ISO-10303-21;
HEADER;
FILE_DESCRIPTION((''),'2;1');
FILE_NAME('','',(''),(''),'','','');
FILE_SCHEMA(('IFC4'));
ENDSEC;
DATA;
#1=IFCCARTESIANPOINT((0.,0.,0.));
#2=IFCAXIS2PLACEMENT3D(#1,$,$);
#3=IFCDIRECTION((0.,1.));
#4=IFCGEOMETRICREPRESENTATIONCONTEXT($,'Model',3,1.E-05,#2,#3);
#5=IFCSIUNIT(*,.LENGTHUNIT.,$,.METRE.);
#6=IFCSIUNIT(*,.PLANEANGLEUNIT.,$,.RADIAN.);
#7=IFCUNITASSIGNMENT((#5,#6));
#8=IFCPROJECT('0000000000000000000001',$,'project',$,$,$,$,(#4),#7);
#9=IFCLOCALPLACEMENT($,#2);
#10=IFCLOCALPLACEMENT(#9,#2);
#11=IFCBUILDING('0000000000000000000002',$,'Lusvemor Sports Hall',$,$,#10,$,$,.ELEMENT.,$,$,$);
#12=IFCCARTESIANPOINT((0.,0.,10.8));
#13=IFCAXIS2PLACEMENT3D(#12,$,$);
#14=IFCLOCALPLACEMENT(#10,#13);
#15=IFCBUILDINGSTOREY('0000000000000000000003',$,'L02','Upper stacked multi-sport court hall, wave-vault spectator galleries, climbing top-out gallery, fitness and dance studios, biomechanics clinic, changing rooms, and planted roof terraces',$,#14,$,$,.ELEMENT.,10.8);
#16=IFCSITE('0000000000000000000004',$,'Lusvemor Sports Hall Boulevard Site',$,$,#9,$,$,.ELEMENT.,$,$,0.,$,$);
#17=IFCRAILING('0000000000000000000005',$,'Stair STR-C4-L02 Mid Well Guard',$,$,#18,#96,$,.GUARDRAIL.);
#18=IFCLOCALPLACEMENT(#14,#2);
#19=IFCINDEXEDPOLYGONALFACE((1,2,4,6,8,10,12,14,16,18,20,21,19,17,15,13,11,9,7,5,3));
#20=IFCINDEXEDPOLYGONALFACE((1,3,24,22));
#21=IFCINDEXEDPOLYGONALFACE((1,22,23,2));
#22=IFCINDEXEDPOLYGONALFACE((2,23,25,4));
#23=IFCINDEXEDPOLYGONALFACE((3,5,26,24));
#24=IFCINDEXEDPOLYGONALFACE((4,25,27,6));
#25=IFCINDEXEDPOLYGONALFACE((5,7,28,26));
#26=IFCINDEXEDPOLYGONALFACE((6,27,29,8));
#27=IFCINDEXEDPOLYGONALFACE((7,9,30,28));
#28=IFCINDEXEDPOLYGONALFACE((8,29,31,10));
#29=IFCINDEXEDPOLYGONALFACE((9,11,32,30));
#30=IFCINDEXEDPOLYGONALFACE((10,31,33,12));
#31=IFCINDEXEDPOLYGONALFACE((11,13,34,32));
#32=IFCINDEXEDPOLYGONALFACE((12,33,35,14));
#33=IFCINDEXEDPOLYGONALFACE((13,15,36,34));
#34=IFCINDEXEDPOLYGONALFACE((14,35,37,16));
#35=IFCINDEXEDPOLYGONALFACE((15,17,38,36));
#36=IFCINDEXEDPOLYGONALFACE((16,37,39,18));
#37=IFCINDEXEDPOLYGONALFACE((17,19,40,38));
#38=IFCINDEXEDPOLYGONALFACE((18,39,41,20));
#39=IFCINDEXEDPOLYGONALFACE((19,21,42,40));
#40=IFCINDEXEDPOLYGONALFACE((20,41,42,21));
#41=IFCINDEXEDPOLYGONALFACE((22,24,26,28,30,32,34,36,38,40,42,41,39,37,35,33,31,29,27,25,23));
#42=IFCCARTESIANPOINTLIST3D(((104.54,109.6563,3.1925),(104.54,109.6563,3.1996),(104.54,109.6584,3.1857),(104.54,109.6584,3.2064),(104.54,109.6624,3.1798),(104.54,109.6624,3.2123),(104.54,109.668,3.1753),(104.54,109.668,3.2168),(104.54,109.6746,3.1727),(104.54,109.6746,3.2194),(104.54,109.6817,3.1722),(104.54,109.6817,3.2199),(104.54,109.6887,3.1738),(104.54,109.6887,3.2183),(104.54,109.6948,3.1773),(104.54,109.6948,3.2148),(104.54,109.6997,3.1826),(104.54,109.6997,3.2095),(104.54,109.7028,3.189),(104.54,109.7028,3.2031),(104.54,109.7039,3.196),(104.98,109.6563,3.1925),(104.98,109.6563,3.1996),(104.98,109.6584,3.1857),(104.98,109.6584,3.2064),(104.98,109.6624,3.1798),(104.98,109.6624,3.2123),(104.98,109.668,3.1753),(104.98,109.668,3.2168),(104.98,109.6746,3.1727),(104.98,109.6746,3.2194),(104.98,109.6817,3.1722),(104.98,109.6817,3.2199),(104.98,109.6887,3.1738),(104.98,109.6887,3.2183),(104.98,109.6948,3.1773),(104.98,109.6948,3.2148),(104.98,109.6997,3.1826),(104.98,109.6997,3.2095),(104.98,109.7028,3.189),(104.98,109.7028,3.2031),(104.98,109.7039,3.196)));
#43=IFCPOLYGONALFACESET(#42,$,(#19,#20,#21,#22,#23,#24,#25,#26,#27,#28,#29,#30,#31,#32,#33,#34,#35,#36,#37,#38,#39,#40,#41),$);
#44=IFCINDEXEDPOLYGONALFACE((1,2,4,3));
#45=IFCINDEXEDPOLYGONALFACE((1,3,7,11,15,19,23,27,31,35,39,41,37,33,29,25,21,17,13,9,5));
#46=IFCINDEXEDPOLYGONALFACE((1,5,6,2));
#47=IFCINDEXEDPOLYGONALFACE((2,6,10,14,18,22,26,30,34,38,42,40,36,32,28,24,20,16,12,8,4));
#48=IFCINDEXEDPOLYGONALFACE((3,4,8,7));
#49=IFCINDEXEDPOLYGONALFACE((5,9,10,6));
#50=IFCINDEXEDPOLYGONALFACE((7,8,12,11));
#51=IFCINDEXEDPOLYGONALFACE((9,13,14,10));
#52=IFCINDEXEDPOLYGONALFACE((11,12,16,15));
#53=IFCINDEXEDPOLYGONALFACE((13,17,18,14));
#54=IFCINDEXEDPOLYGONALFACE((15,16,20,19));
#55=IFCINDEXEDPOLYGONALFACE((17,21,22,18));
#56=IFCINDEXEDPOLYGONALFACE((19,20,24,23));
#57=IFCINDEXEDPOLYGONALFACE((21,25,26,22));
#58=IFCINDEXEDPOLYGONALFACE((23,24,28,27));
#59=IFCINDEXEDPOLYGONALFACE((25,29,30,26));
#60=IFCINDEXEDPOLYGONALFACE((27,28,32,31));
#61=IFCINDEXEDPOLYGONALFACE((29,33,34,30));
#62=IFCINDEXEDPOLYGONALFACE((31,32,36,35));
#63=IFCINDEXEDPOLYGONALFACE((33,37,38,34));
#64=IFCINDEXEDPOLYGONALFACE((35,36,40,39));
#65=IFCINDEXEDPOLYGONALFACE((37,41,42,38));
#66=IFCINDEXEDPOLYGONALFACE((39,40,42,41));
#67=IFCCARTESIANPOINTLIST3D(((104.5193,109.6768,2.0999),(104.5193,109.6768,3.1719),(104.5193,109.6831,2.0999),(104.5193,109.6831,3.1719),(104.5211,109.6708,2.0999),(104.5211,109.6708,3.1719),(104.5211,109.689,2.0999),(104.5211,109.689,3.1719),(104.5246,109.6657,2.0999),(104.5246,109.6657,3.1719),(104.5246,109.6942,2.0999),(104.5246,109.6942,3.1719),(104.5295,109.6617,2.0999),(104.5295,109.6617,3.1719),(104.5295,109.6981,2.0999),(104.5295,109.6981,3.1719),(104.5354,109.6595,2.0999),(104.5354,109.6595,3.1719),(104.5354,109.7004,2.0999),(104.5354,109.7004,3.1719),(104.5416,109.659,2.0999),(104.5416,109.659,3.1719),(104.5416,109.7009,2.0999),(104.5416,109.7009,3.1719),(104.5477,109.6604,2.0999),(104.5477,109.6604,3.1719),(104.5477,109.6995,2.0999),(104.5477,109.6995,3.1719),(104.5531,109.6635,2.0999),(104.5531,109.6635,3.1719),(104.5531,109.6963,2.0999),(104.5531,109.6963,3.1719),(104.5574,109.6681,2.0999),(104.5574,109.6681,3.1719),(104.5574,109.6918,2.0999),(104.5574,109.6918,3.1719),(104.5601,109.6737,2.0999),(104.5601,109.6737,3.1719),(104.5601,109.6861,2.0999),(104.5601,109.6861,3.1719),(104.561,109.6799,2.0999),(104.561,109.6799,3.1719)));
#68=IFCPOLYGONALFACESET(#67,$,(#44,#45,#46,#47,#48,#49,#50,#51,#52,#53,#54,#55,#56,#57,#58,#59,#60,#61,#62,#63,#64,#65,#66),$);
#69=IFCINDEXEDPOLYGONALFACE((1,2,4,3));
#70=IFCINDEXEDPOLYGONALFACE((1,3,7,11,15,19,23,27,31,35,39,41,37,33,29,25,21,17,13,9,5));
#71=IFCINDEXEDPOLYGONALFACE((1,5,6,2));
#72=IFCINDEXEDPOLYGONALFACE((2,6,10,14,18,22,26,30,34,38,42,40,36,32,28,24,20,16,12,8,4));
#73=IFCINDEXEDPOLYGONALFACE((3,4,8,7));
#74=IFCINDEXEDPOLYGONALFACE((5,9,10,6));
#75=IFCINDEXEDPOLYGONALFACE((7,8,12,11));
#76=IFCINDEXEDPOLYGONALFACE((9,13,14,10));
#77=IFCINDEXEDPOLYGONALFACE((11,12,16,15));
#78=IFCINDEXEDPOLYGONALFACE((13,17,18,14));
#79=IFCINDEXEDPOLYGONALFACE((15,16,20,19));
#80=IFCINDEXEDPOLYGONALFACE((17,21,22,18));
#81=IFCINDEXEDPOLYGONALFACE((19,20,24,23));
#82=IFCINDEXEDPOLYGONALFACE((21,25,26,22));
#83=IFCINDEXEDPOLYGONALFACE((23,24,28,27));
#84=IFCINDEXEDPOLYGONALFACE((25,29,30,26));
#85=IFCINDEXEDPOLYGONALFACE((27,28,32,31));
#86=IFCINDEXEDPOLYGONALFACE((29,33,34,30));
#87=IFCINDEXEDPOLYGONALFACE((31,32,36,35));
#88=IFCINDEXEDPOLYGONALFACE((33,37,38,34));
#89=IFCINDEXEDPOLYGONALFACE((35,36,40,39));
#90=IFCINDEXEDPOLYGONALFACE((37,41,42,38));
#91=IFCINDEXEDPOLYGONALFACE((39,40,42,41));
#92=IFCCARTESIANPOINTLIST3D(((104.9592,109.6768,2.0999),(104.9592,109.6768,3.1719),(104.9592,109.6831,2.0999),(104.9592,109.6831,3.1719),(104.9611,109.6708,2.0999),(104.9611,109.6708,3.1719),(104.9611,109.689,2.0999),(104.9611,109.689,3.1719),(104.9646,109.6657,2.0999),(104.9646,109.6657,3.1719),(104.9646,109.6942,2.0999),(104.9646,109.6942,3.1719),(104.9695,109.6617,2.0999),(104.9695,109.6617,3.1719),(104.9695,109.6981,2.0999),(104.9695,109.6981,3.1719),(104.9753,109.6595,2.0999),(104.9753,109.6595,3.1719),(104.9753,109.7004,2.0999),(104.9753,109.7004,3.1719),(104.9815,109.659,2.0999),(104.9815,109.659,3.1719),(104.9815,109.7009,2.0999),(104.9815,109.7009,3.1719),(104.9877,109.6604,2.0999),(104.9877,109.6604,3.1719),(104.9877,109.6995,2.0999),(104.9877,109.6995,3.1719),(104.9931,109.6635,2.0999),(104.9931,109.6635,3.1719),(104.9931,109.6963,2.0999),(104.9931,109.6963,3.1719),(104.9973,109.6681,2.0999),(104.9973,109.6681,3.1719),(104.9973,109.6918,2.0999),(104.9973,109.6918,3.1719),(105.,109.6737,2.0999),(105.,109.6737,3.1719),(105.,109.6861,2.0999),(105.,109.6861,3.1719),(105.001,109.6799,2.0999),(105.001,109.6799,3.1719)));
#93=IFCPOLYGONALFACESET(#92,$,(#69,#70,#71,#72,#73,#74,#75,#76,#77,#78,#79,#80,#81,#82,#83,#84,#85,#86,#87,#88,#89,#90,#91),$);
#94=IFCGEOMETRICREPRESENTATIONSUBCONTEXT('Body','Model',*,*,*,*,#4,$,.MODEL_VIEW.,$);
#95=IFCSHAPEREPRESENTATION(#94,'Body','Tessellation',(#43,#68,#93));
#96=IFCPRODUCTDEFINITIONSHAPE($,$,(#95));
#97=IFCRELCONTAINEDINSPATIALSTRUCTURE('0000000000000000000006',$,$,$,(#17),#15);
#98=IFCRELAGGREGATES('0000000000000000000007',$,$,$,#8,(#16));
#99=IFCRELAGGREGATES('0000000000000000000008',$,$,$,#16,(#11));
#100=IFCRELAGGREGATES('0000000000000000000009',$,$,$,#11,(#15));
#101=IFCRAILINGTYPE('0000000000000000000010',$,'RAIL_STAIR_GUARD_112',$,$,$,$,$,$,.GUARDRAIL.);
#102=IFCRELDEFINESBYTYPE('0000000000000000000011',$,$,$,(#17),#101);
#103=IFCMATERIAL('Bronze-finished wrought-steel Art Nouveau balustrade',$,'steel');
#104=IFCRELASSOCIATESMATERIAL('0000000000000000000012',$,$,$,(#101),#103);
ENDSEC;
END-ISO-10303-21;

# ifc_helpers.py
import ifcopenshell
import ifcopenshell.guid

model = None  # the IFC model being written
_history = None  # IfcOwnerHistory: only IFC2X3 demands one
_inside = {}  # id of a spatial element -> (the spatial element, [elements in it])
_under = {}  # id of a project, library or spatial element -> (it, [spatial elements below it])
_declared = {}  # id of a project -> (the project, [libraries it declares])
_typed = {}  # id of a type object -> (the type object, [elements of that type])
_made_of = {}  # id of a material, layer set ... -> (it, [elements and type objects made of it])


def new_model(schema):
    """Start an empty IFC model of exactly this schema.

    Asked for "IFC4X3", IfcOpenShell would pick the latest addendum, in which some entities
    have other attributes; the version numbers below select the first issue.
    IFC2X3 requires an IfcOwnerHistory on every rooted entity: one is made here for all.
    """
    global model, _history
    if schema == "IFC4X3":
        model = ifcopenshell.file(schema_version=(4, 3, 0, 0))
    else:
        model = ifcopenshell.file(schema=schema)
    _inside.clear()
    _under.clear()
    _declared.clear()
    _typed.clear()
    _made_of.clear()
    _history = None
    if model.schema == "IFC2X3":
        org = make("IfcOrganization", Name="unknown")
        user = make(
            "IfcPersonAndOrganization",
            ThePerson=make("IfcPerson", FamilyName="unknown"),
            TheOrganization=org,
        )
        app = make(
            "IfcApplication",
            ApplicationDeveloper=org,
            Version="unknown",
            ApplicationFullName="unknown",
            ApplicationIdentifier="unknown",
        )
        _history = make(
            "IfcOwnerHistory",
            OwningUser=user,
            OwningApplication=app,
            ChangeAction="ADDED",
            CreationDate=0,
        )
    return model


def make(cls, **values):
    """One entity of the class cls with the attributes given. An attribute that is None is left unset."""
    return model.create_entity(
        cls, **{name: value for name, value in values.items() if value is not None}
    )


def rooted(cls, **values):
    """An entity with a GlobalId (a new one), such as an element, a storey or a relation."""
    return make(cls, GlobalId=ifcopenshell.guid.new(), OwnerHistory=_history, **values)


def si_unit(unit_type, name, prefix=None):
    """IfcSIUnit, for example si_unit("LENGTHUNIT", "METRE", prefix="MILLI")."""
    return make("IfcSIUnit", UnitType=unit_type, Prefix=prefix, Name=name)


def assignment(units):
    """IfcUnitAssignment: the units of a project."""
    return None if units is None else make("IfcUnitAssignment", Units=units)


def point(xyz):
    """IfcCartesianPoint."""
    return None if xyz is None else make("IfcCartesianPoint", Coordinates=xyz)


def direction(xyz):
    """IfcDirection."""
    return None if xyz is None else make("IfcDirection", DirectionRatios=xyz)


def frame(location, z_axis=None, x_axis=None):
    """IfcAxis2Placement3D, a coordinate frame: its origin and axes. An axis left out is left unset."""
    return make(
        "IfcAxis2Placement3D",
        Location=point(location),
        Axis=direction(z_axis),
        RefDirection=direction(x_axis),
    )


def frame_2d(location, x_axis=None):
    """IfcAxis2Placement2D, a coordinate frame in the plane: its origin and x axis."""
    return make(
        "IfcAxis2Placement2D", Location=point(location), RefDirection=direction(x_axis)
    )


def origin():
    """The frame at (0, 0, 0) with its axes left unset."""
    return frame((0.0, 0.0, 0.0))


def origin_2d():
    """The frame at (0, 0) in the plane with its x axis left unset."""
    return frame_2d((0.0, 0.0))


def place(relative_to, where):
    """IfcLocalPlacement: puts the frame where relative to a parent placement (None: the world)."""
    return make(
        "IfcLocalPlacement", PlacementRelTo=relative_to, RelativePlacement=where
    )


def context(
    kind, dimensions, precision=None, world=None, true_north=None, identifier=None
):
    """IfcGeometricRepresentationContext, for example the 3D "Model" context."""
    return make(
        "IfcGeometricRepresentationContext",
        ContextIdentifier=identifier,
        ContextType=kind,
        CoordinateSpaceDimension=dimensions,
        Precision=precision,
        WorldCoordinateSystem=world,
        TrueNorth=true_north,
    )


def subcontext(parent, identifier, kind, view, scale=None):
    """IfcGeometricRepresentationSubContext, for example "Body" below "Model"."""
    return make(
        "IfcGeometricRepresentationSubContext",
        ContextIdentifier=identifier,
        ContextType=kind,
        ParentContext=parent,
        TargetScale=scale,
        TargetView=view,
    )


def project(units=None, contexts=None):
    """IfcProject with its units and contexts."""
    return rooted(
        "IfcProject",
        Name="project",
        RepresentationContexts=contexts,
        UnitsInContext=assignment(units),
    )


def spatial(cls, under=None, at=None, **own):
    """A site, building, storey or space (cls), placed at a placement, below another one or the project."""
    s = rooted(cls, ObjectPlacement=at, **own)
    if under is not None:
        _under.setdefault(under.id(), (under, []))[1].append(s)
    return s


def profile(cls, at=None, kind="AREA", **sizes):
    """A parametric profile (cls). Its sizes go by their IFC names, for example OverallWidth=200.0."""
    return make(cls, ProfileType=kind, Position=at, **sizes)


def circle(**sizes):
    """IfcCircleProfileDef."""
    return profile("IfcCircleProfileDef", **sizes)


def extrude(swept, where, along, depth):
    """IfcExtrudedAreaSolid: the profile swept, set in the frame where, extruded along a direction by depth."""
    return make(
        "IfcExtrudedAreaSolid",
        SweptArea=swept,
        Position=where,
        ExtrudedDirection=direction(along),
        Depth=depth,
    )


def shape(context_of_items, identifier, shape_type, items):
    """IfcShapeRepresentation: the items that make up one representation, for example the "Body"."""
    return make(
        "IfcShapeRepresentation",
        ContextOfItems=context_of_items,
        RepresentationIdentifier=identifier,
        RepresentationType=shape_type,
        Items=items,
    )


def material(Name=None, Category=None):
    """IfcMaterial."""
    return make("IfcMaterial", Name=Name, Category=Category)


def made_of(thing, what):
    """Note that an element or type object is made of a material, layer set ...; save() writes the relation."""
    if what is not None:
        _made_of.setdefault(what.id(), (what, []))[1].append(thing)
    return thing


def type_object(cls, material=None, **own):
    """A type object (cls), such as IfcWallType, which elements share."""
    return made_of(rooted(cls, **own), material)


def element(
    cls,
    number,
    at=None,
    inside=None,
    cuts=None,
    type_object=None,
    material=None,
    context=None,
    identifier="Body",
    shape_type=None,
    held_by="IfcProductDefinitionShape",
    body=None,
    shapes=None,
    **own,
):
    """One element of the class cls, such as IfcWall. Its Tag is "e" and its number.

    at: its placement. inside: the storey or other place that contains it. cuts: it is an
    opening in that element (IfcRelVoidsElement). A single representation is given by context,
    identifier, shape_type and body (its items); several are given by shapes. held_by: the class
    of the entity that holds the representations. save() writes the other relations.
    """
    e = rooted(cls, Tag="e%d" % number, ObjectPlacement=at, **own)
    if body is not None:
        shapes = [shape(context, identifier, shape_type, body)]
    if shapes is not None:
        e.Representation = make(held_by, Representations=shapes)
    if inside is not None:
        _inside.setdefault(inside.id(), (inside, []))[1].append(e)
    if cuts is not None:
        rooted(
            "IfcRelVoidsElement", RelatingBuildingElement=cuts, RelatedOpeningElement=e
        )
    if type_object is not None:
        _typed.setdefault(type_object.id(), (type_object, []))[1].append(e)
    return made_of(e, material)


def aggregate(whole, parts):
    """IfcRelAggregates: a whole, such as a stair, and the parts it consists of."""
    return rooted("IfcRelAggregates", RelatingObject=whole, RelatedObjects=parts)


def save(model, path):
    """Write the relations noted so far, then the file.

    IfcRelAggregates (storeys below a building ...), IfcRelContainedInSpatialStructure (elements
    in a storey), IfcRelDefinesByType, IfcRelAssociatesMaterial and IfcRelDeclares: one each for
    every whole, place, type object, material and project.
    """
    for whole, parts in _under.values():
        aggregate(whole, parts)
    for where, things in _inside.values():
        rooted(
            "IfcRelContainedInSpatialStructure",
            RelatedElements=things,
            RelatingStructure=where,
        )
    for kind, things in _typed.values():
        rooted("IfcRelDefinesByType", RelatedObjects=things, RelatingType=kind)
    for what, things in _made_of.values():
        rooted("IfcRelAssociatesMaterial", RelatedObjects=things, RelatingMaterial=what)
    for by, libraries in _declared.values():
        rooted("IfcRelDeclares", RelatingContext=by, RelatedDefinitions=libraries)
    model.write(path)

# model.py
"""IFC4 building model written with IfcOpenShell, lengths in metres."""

from ifc_helpers import new_model, si_unit, direction, frame, origin, origin_2d, place, context, subcontext, project, spatial, circle, extrude, material, type_object, element, save


model = new_model("IFC4")

# Units and contexts
model_context = context("Model", 3, precision=1e-05, world=origin(), true_north=direction((0.0, 1.0)))
body_context = subcontext(model_context, "Body", "Model", "MODEL_VIEW")
ifc_project = project(units=[si_unit("LENGTHUNIT", "METRE"), si_unit("PLANEANGLEUNIT", "RADIAN")], contexts=[model_context])

# Site, building, storey
site_placement = place(None, origin())
site = spatial("IfcSite", under=ifc_project, at=site_placement, Name="Lusvemor Sports Hall Boulevard Site", CompositionType="ELEMENT", RefElevation=0.0)
building_placement = place(site_placement, origin())
building = spatial("IfcBuilding", under=site, at=building_placement, Name="Lusvemor Sports Hall", CompositionType="ELEMENT")
storey_placement = place(building_placement, frame((0.0, 0.0, 10.8)))
storey = spatial("IfcBuildingStorey", under=building, at=storey_placement, Name="L02", Description="Upper stacked multi-sport court hall, wave-vault spectator galleries, climbing top-out gallery, fitness and dance studios, biomechanics clinic, changing rooms, and planted roof terraces", CompositionType="ELEMENT", Elevation=10.8)

# Railing
ifc_material_1 = material(Name="Bronze-finished wrought-steel Art Nouveau balustrade", Category="steel")
railing_type_1 = type_object("IfcRailingType", Name="RAIL_STAIR_GUARD_112", PredefinedType="GUARDRAIL", material=ifc_material_1)
railing_1_placement = place(storey_placement, frame((104.54, 109.6799, 2.0999)))
element("IfcRailing", 1, at=railing_1_placement, inside=storey, type_object=railing_type_1, Name="Stair STR-C4-L02 Mid Well Guard", PredefinedType="GUARDRAIL", context=body_context, shape_type="SweptSolid", body=[
    extrude(circle(Radius=0.0239, at=origin_2d()), frame((0.0, 0.0, 1.0962), z_axis=(1.0, 0.0, 0.0), x_axis=(0.0, 1.0, 0.0)), (0.0, 0.0, 1.0), 0.4399),
    extrude(circle(Radius=0.021, at=origin_2d()), origin(), (0.0, 0.0, 1.0), 1.072),
    extrude(circle(Radius=0.021, at=origin_2d()), frame((0.4399, 0.0, 0.0)), (0.0, 0.0, 1.0), 1.072),
])

save(model, "model.ifc")
